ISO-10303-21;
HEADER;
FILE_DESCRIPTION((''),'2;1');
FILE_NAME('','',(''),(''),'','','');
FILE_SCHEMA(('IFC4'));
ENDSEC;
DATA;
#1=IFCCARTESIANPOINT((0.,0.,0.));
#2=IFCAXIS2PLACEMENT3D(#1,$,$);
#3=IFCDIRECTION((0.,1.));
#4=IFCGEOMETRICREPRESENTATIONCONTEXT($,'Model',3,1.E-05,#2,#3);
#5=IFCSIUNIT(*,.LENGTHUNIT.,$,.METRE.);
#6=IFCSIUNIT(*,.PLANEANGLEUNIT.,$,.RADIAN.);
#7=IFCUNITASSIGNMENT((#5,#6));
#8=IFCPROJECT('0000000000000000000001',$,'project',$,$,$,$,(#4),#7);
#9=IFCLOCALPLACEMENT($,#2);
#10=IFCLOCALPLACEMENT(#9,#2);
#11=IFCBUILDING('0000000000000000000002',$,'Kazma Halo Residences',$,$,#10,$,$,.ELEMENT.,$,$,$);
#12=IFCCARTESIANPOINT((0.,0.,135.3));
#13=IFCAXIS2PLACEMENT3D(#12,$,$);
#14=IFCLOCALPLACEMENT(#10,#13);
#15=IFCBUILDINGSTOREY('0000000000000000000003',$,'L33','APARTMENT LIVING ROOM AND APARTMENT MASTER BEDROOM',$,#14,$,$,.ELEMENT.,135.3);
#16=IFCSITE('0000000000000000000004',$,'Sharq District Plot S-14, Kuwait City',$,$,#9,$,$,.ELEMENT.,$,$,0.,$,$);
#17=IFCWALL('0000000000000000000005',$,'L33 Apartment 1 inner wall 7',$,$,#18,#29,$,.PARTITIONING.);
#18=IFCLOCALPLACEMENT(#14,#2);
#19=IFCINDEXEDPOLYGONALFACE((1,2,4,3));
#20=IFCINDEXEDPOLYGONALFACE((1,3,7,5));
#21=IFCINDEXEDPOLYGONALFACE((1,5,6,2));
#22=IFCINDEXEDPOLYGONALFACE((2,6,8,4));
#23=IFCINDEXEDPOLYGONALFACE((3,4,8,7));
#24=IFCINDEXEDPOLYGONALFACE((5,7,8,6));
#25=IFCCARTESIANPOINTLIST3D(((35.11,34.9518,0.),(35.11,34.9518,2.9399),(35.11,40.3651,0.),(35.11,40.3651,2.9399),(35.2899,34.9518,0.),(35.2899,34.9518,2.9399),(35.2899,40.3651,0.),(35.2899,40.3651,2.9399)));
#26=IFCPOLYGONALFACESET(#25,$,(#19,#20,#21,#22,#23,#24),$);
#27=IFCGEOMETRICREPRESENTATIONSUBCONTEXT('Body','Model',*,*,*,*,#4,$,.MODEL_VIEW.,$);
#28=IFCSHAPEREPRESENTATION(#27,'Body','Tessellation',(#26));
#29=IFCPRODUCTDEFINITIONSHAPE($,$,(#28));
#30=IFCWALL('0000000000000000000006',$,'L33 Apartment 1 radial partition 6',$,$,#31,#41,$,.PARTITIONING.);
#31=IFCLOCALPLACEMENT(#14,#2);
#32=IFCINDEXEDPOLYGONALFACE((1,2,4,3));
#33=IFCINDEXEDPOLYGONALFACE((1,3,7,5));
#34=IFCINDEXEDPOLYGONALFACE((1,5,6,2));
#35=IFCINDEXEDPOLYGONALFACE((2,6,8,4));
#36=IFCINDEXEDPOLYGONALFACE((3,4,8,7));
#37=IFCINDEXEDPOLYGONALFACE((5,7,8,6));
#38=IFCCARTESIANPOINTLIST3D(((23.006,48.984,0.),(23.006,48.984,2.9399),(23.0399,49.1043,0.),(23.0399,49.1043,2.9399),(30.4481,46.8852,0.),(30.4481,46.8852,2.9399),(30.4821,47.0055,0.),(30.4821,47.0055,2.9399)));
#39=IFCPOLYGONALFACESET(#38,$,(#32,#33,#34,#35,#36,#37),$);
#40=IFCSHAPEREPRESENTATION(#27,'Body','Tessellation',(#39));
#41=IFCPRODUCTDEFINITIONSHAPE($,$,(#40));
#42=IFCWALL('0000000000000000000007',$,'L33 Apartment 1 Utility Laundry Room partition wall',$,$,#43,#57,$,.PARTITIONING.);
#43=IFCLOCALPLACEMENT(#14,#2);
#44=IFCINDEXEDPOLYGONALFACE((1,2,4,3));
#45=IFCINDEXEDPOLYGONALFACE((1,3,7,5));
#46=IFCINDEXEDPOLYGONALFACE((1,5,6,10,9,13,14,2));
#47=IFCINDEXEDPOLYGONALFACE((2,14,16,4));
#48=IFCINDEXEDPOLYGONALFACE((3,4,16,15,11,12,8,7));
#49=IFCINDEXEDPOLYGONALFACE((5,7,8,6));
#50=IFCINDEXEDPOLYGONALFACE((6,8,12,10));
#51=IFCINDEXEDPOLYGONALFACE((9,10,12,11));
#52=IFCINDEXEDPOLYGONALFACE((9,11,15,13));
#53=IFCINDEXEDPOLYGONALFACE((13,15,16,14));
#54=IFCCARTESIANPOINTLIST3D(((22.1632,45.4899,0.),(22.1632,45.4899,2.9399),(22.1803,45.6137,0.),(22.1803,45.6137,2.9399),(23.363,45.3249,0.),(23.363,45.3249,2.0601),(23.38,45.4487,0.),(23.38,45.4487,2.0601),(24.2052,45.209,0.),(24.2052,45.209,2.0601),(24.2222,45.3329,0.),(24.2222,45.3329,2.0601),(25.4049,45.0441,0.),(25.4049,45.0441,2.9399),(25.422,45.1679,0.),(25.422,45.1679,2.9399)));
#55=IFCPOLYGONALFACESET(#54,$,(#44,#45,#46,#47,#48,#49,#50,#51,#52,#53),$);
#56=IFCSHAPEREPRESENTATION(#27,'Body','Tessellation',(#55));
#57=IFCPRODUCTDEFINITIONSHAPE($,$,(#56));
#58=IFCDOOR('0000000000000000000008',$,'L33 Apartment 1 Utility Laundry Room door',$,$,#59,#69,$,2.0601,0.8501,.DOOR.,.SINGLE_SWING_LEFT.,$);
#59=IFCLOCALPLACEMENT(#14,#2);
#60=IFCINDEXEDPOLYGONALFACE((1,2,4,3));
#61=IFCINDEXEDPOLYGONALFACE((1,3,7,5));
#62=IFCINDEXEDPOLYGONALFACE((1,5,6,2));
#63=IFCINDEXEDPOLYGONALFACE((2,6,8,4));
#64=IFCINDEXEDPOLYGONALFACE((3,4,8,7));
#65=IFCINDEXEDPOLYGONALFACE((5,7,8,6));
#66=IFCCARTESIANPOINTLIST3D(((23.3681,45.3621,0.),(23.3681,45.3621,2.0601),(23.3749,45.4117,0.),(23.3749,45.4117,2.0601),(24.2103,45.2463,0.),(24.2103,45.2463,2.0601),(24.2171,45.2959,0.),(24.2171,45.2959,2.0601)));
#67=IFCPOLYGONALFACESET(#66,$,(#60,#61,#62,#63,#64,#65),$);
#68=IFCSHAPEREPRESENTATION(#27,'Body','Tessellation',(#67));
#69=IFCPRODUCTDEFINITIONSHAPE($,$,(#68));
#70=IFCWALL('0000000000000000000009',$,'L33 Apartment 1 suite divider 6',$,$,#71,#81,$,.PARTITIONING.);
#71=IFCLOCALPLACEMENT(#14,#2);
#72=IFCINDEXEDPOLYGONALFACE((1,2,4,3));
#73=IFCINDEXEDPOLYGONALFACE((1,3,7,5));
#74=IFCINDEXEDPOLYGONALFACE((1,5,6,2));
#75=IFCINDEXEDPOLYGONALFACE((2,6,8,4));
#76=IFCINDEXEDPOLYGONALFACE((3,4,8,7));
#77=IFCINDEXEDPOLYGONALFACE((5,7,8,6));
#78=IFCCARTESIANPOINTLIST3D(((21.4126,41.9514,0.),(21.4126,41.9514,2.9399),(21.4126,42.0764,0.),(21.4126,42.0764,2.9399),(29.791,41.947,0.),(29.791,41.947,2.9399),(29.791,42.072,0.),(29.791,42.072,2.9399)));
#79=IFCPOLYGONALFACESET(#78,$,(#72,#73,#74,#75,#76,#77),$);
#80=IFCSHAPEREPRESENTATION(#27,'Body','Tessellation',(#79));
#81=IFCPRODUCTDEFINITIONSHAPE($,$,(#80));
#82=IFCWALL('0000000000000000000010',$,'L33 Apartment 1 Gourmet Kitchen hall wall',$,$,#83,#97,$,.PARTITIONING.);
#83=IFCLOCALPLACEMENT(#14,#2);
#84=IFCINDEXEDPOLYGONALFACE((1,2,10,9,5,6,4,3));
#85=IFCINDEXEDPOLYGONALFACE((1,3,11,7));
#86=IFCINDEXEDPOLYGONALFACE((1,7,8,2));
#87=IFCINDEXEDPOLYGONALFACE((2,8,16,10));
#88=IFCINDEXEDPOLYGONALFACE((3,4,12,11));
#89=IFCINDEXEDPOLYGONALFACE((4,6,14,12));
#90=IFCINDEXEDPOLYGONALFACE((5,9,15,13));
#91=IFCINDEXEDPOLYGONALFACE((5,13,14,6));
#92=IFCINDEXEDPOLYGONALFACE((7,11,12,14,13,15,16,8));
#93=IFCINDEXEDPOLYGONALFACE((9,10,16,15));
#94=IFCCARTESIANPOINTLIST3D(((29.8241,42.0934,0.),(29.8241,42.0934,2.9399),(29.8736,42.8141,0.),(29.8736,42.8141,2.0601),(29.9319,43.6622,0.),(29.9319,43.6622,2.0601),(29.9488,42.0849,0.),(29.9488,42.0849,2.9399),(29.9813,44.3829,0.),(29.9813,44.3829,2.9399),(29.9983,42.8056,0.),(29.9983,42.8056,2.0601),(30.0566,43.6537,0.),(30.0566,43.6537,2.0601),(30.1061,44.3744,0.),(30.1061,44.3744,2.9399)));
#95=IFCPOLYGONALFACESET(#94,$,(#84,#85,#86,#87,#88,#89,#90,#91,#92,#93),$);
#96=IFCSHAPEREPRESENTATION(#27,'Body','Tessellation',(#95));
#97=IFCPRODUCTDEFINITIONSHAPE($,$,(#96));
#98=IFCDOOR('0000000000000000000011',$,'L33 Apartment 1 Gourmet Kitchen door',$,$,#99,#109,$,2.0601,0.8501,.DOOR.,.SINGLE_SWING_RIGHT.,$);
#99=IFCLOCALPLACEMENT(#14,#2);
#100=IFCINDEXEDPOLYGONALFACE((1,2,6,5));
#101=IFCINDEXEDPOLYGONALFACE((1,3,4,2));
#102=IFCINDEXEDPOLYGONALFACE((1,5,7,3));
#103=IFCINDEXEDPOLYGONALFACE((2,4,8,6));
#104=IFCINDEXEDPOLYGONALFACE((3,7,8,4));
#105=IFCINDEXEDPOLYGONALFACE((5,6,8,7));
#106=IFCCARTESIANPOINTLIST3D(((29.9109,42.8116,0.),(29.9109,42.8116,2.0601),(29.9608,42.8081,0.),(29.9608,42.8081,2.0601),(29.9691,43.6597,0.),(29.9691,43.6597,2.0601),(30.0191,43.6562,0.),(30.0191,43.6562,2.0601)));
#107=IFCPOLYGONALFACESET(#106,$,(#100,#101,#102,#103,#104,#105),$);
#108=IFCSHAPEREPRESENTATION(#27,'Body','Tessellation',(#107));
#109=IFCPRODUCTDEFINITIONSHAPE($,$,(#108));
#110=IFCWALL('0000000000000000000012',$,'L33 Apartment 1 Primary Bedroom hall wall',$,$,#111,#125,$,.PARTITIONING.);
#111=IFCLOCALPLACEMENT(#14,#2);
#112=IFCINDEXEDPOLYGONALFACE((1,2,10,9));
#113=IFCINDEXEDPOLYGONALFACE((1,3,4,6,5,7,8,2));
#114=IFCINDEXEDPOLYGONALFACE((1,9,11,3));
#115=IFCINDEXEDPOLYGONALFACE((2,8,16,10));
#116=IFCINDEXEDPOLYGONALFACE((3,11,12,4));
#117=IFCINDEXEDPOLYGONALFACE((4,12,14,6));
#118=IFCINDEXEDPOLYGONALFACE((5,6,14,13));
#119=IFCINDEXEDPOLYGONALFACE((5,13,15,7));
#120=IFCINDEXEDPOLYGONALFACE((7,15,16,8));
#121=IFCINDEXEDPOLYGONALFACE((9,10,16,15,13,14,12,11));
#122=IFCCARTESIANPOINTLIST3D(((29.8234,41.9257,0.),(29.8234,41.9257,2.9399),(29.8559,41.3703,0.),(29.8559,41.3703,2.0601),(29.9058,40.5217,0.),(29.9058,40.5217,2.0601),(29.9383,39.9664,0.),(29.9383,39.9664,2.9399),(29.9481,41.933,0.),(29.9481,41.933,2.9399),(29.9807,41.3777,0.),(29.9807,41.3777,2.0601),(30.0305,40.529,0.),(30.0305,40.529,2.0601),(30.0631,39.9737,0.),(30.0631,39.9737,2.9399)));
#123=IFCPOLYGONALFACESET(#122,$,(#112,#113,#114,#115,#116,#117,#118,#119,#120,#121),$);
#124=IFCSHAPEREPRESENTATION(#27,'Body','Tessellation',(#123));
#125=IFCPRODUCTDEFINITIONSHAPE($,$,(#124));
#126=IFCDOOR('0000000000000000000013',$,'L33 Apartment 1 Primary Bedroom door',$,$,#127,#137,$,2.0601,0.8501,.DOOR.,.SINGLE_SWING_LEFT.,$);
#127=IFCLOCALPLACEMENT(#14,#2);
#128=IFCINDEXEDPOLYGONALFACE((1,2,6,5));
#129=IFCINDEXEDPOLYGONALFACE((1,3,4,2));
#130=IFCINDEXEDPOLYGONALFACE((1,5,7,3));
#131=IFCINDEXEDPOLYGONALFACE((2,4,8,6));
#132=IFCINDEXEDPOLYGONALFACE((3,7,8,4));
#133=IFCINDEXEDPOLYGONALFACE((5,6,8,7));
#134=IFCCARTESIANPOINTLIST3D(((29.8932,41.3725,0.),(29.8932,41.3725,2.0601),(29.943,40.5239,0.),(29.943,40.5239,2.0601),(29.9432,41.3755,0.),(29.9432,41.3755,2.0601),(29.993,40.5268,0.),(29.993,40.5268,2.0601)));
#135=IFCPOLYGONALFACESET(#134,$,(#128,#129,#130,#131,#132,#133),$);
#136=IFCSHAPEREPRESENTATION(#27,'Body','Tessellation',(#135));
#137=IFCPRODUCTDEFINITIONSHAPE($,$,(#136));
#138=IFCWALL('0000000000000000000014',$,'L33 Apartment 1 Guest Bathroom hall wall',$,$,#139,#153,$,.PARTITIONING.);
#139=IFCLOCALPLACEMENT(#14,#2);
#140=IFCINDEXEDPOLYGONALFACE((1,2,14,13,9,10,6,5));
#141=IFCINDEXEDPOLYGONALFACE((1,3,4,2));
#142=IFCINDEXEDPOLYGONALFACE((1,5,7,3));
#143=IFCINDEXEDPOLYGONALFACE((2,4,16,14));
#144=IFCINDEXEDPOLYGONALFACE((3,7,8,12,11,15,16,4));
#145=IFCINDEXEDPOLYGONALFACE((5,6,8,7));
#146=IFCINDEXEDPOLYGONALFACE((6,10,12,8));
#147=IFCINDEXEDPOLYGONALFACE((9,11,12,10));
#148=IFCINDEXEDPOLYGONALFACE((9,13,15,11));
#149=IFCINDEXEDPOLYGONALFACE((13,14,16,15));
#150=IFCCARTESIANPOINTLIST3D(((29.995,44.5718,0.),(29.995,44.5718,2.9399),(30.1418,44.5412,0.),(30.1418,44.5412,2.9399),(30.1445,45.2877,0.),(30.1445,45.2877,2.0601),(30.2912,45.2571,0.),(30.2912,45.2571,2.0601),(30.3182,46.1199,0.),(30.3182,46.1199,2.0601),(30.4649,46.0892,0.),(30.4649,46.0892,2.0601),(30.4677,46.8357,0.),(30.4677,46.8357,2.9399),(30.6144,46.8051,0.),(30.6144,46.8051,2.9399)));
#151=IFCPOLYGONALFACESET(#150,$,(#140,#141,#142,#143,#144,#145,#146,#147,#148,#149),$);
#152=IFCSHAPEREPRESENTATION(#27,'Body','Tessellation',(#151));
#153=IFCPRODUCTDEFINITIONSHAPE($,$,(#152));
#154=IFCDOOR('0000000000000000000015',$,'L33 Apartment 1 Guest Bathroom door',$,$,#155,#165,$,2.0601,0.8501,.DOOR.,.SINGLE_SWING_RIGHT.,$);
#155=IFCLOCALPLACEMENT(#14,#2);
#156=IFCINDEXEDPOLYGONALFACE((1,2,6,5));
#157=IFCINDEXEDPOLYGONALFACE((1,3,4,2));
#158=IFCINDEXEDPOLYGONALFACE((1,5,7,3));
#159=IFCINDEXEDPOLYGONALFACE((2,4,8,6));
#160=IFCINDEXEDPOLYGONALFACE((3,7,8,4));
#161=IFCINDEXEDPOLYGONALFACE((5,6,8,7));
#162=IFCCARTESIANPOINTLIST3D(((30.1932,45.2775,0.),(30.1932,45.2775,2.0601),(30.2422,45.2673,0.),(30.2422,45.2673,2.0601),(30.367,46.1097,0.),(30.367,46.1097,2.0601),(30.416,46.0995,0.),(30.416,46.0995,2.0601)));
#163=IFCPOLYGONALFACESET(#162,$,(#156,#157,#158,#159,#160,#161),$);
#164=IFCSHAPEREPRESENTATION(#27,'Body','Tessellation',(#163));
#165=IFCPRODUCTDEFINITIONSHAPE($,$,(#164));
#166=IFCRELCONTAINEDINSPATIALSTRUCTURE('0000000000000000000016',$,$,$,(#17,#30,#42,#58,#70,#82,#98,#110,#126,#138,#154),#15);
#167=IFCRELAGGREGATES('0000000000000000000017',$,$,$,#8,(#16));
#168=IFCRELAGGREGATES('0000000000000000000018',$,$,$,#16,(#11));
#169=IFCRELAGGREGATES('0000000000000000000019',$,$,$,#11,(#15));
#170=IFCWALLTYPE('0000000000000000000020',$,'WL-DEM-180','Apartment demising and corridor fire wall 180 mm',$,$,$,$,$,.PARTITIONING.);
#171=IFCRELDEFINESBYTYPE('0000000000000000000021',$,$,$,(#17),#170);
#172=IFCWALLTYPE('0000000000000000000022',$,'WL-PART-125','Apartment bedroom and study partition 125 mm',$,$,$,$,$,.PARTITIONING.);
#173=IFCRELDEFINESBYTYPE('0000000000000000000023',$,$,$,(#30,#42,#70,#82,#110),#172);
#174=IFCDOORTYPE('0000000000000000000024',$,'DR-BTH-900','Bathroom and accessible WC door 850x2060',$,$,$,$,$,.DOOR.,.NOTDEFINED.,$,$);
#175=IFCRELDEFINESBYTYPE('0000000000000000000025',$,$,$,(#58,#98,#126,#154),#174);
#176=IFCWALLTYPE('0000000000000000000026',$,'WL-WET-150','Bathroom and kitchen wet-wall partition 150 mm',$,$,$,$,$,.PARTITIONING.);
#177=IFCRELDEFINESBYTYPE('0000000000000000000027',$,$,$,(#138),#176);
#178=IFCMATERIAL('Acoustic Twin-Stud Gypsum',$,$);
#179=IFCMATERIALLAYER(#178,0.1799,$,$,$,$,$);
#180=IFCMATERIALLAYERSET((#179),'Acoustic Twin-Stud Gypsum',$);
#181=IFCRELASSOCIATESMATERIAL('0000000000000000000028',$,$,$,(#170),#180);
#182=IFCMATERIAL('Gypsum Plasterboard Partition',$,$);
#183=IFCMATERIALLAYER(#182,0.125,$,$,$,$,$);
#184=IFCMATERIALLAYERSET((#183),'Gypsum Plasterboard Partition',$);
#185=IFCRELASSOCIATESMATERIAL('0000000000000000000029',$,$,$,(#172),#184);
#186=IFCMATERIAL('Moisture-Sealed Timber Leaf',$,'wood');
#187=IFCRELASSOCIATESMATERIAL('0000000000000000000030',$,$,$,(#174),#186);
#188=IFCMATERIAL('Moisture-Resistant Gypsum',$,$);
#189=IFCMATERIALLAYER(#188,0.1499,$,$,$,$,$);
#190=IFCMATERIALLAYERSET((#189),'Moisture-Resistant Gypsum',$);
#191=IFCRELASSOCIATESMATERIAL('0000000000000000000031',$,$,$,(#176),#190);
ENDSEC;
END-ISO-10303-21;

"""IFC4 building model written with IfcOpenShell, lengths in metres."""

from ifc_helpers import new_model, si_unit, direction, frame, frame_2d, origin, place, context, subcontext, project, spatial, rectangle, extrude, material, layer, layer_set, type_object, element, fill, save


model = new_model("IFC4")

# Units and contexts
model_context = context("Model", 3, precision=1e-05, world=origin(), true_north=direction((0.0, 1.0)))
body_context = subcontext(model_context, "Body", "Model", "MODEL_VIEW")
ifc_project = project(units=[si_unit("LENGTHUNIT", "METRE"), si_unit("PLANEANGLEUNIT", "RADIAN")], contexts=[model_context])

# Site, building, storey
site_placement = place(None, origin())
site = spatial("IfcSite", under=ifc_project, at=site_placement, Name="Sharq District Plot S-14, Kuwait City", CompositionType="ELEMENT", RefElevation=0.0)
building_placement = place(site_placement, origin())
building = spatial("IfcBuilding", under=site, at=building_placement, Name="Kazma Halo Residences", CompositionType="ELEMENT")
storey_placement = place(building_placement, frame((0.0, 0.0, 135.3)))
storey = spatial("IfcBuildingStorey", under=building, at=storey_placement, Name="L33", Description="APARTMENT LIVING ROOM AND APARTMENT MASTER BEDROOM", CompositionType="ELEMENT", Elevation=135.3)

# Walls
ifc_material_1 = material(Name="Acoustic Twin-Stud Gypsum")
ifc_layer_1 = layer(ifc_material_1, 0.1799)
ifc_layer_set_1 = layer_set([ifc_layer_1], Name="Acoustic Twin-Stud Gypsum")
wall_type_1 = type_object("IfcWallType", Name="WL-DEM-180", Description="Apartment demising and corridor fire wall 180 mm", PredefinedType="PARTITIONING", material=ifc_layer_set_1)
wall_1_placement = place(storey_placement, frame((35.2, 40.365, 0.0), z_axis=(0.0, 0.0, 1.0), x_axis=(0.0, -1.0, 0.0)))
element("IfcWall", 1, at=wall_1_placement, inside=storey, type_object=wall_type_1, Name="L33 Apartment 1 inner wall 7", PredefinedType="PARTITIONING", context=body_context, shape_type="SweptSolid", body=[
    extrude(rectangle(XDim=5.4133, YDim=0.1799, at=frame_2d((2.7065, 0.0))), origin(), (0.0, 0.0, 1.0), 2.9399),
])
ifc_material_2 = material(Name="Gypsum Plasterboard Partition")
ifc_layer_2 = layer(ifc_material_2, 0.125)
ifc_layer_set_2 = layer_set([ifc_layer_2], Name="Gypsum Plasterboard Partition")
wall_type_2 = type_object("IfcWallType", Name="WL-PART-125", Description="Apartment bedroom and study partition 125 mm", PredefinedType="PARTITIONING", material=ifc_layer_set_2)
wall_2_placement = place(storey_placement, frame((30.4651, 46.9453, 0.0), z_axis=(0.0, 0.0, 1.0), x_axis=(-0.962456, 0.271438, 0.0)))
element("IfcWall", 2, at=wall_2_placement, inside=storey, type_object=wall_type_2, Name="L33 Apartment 1 radial partition 6", PredefinedType="PARTITIONING", context=body_context, shape_type="SweptSolid", body=[
    extrude(rectangle(XDim=7.7324, YDim=0.125, at=frame_2d((3.8662, 0.0))), origin(), (0.0, 0.0, 1.0), 2.9399),
])

# Wall, opening, door
wall_3_placement = place(storey_placement, frame((25.4136, 45.106, 0.0), z_axis=(0.0, 0.0, 1.0), x_axis=(-0.990676, 0.136238, 0.0)))
wall_3 = element("IfcWall", 3, at=wall_3_placement, inside=storey, type_object=wall_type_2, Name="L33 Apartment 1 Utility Laundry Room partition wall", PredefinedType="PARTITIONING", context=body_context, shape_type="SweptSolid", body=[
    extrude(rectangle(XDim=3.2722, YDim=0.125, at=frame_2d((1.6362, 0.0))), origin(), (0.0, 0.0, 1.0), 2.9399),
])
opening_1_placement = place(wall_3_placement, frame((1.2112, 0.0, 0.0)))
opening_1 = element("IfcOpeningElement", 4, at=opening_1_placement, cuts=wall_3, PredefinedType="OPENING", context=body_context, shape_type="SweptSolid", body=[
    extrude(rectangle(XDim=0.8501, YDim=2.0601, at=frame_2d((0.425, 1.03))), frame((0.0, 0.0725, 0.0), z_axis=(0.0, -1.0, 0.0), x_axis=(1.0, 0.0, 0.0)), (0.0, 0.0, 1.0), 0.145),
])
ifc_material_3 = material(Name="Moisture-Sealed Timber Leaf", Category="wood")
door_type = type_object("IfcDoorType", Name="DR-BTH-900", Description="Bathroom and accessible WC door 850x2060", OperationType="NOTDEFINED", PredefinedType="DOOR", material=ifc_material_3)
door_1_placement = place(opening_1_placement, origin())
door_1 = element("IfcDoor", 5, at=door_1_placement, inside=storey, type_object=door_type, Name="L33 Apartment 1 Utility Laundry Room door", OperationType="SINGLE_SWING_LEFT", OverallHeight=2.0601, OverallWidth=0.8501, PredefinedType="DOOR", context=body_context, shape_type="SweptSolid", body=[
    extrude(rectangle(XDim=0.8501, YDim=2.0601, at=frame_2d((0.425, 1.03))), frame((0.0, 0.0249, 0.0), z_axis=(0.0, -1.0, 0.0), x_axis=(1.0, 0.0, 0.0)), (0.0, 0.0, 1.0), 0.05),
])
fill(opening_1, door_1)

# Wall
wall_4_placement = place(storey_placement, frame((29.791, 42.0095, 0.0), z_axis=(0.0, 0.0, 1.0), x_axis=(-1.0, 0.000525, 0.0)))
element("IfcWall", 6, at=wall_4_placement, inside=storey, type_object=wall_type_2, Name="L33 Apartment 1 suite divider 6", PredefinedType="PARTITIONING", context=body_context, shape_type="SweptSolid", body=[
    extrude(rectangle(XDim=8.3784, YDim=0.125, at=frame_2d((4.1892, 0.0))), origin(), (0.0, 0.0, 1.0), 2.9399),
])

# Walls, openings, doors
wall_5_placement = place(storey_placement, frame((30.0437, 44.3787, 0.0), z_axis=(0.0, 0.0, 1.0), x_axis=(-0.06851, -0.99765, 0.0)))
wall_5 = element("IfcWall", 7, at=wall_5_placement, inside=storey, type_object=wall_type_2, Name="L33 Apartment 1 Gourmet Kitchen hall wall", PredefinedType="PARTITIONING", context=body_context, shape_type="SweptSolid", body=[
    extrude(rectangle(XDim=2.2949, YDim=0.125, at=frame_2d((1.1475, 0.0))), origin(), (0.0, 0.0, 1.0), 2.9399),
])
opening_2_placement = place(wall_5_placement, frame((0.7224, 0.0, 0.0)))
opening_2 = element("IfcOpeningElement", 8, at=opening_2_placement, cuts=wall_5, PredefinedType="OPENING", context=body_context, shape_type="SweptSolid", body=[
    extrude(rectangle(XDim=0.8501, YDim=2.0601, at=frame_2d((0.425, 1.03))), frame((0.0, 0.0725, 0.0), z_axis=(0.0, -1.0, 0.0), x_axis=(1.0, 0.0, 0.0)), (0.0, 0.0, 1.0), 0.145),
])
door_2_placement = place(opening_2_placement, origin())
door_2 = element("IfcDoor", 9, at=door_2_placement, inside=storey, type_object=door_type, Name="L33 Apartment 1 Gourmet Kitchen door", OperationType="SINGLE_SWING_RIGHT", OverallHeight=2.0601, OverallWidth=0.8501, PredefinedType="DOOR", context=body_context, shape_type="SweptSolid", body=[
    extrude(rectangle(XDim=0.8501, YDim=2.0601, at=frame_2d((0.425, 1.03))), frame((0.0, 0.0249, 0.0), z_axis=(0.0, -1.0, 0.0), x_axis=(1.0, 0.0, 0.0)), (0.0, 0.0, 1.0), 0.05),
])
fill(opening_2, door_2)
wall_6_placement = place(storey_placement, frame((29.8857, 41.9294, 0.0), z_axis=(0.0, 0.0, 1.0), x_axis=(0.058591, -0.998282, 0.0)))
wall_6 = element("IfcWall", 10, at=wall_6_placement, inside=storey, type_object=wall_type_2, Name="L33 Apartment 1 Primary Bedroom hall wall", PredefinedType="PARTITIONING", context=body_context, shape_type="SweptSolid", body=[
    extrude(rectangle(XDim=1.9626, YDim=0.125, at=frame_2d((0.9814, 0.0))), origin(), (0.0, 0.0, 1.0), 2.9399),
])
opening_3_placement = place(wall_6_placement, frame((0.5564, 0.0, 0.0)))
opening_3 = element("IfcOpeningElement", 11, at=opening_3_placement, cuts=wall_6, PredefinedType="OPENING", context=body_context, shape_type="SweptSolid", body=[
    extrude(rectangle(XDim=0.8501, YDim=2.0601, at=frame_2d((0.425, 1.03))), frame((0.0, 0.0725, 0.0), z_axis=(0.0, -1.0, 0.0), x_axis=(1.0, 0.0, 0.0)), (0.0, 0.0, 1.0), 0.145),
])
door_3_placement = place(opening_3_placement, origin())
door_3 = element("IfcDoor", 12, at=door_3_placement, inside=storey, type_object=door_type, Name="L33 Apartment 1 Primary Bedroom door", OperationType="SINGLE_SWING_LEFT", OverallHeight=2.0601, OverallWidth=0.8501, PredefinedType="DOOR", context=body_context, shape_type="SweptSolid", body=[
    extrude(rectangle(XDim=0.8501, YDim=2.0601, at=frame_2d((0.425, 1.03))), frame((0.0, 0.0249, 0.0), z_axis=(0.0, -1.0, 0.0), x_axis=(1.0, 0.0, 0.0)), (0.0, 0.0, 1.0), 0.05),
])
fill(opening_3, door_3)
ifc_material_4 = material(Name="Moisture-Resistant Gypsum")
ifc_layer_3 = layer(ifc_material_4, 0.1499)
ifc_layer_set_3 = layer_set([ifc_layer_3], Name="Moisture-Resistant Gypsum")
wall_type_3 = type_object("IfcWallType", Name="WL-WET-150", Description="Bathroom and kitchen wet-wall partition 150 mm", PredefinedType="PARTITIONING", material=ifc_layer_set_3)
wall_7_placement = place(storey_placement, frame((30.541, 46.8203, 0.0), z_axis=(0.0, 0.0, 1.0), x_axis=(-0.204372, -0.978893, 0.0)))
wall_7 = element("IfcWall", 13, at=wall_7_placement, inside=storey, type_object=wall_type_3, Name="L33 Apartment 1 Guest Bathroom hall wall", PredefinedType="PARTITIONING", context=body_context, shape_type="SweptSolid", body=[
    extrude(rectangle(XDim=2.3127, YDim=0.1499, at=frame_2d((1.1562, 0.0))), origin(), (0.0, 0.0, 1.0), 2.9399),
])
opening_4_placement = place(wall_7_placement, frame((0.7312, 0.0, 0.0)))
opening_4 = element("IfcOpeningElement", 14, at=opening_4_placement, cuts=wall_7, PredefinedType="OPENING", context=body_context, shape_type="SweptSolid", body=[
    extrude(rectangle(XDim=0.8501, YDim=2.0601, at=frame_2d((0.425, 1.03))), frame((0.0, 0.085, 0.0), z_axis=(0.0, -1.0, 0.0), x_axis=(1.0, 0.0, 0.0)), (0.0, 0.0, 1.0), 0.1699),
])
door_4_placement = place(opening_4_placement, origin())
door_4 = element("IfcDoor", 15, at=door_4_placement, inside=storey, type_object=door_type, Name="L33 Apartment 1 Guest Bathroom door", OperationType="SINGLE_SWING_RIGHT", OverallHeight=2.0601, OverallWidth=0.8501, PredefinedType="DOOR", context=body_context, shape_type="SweptSolid", body=[
    extrude(rectangle(XDim=0.8501, YDim=2.0601, at=frame_2d((0.425, 1.03))), frame((0.0, 0.0249, 0.0), z_axis=(0.0, -1.0, 0.0), x_axis=(1.0, 0.0, 0.0)), (0.0, 0.0, 1.0), 0.05),
])
fill(opening_4, door_4)

save(model, "model.ifc")
